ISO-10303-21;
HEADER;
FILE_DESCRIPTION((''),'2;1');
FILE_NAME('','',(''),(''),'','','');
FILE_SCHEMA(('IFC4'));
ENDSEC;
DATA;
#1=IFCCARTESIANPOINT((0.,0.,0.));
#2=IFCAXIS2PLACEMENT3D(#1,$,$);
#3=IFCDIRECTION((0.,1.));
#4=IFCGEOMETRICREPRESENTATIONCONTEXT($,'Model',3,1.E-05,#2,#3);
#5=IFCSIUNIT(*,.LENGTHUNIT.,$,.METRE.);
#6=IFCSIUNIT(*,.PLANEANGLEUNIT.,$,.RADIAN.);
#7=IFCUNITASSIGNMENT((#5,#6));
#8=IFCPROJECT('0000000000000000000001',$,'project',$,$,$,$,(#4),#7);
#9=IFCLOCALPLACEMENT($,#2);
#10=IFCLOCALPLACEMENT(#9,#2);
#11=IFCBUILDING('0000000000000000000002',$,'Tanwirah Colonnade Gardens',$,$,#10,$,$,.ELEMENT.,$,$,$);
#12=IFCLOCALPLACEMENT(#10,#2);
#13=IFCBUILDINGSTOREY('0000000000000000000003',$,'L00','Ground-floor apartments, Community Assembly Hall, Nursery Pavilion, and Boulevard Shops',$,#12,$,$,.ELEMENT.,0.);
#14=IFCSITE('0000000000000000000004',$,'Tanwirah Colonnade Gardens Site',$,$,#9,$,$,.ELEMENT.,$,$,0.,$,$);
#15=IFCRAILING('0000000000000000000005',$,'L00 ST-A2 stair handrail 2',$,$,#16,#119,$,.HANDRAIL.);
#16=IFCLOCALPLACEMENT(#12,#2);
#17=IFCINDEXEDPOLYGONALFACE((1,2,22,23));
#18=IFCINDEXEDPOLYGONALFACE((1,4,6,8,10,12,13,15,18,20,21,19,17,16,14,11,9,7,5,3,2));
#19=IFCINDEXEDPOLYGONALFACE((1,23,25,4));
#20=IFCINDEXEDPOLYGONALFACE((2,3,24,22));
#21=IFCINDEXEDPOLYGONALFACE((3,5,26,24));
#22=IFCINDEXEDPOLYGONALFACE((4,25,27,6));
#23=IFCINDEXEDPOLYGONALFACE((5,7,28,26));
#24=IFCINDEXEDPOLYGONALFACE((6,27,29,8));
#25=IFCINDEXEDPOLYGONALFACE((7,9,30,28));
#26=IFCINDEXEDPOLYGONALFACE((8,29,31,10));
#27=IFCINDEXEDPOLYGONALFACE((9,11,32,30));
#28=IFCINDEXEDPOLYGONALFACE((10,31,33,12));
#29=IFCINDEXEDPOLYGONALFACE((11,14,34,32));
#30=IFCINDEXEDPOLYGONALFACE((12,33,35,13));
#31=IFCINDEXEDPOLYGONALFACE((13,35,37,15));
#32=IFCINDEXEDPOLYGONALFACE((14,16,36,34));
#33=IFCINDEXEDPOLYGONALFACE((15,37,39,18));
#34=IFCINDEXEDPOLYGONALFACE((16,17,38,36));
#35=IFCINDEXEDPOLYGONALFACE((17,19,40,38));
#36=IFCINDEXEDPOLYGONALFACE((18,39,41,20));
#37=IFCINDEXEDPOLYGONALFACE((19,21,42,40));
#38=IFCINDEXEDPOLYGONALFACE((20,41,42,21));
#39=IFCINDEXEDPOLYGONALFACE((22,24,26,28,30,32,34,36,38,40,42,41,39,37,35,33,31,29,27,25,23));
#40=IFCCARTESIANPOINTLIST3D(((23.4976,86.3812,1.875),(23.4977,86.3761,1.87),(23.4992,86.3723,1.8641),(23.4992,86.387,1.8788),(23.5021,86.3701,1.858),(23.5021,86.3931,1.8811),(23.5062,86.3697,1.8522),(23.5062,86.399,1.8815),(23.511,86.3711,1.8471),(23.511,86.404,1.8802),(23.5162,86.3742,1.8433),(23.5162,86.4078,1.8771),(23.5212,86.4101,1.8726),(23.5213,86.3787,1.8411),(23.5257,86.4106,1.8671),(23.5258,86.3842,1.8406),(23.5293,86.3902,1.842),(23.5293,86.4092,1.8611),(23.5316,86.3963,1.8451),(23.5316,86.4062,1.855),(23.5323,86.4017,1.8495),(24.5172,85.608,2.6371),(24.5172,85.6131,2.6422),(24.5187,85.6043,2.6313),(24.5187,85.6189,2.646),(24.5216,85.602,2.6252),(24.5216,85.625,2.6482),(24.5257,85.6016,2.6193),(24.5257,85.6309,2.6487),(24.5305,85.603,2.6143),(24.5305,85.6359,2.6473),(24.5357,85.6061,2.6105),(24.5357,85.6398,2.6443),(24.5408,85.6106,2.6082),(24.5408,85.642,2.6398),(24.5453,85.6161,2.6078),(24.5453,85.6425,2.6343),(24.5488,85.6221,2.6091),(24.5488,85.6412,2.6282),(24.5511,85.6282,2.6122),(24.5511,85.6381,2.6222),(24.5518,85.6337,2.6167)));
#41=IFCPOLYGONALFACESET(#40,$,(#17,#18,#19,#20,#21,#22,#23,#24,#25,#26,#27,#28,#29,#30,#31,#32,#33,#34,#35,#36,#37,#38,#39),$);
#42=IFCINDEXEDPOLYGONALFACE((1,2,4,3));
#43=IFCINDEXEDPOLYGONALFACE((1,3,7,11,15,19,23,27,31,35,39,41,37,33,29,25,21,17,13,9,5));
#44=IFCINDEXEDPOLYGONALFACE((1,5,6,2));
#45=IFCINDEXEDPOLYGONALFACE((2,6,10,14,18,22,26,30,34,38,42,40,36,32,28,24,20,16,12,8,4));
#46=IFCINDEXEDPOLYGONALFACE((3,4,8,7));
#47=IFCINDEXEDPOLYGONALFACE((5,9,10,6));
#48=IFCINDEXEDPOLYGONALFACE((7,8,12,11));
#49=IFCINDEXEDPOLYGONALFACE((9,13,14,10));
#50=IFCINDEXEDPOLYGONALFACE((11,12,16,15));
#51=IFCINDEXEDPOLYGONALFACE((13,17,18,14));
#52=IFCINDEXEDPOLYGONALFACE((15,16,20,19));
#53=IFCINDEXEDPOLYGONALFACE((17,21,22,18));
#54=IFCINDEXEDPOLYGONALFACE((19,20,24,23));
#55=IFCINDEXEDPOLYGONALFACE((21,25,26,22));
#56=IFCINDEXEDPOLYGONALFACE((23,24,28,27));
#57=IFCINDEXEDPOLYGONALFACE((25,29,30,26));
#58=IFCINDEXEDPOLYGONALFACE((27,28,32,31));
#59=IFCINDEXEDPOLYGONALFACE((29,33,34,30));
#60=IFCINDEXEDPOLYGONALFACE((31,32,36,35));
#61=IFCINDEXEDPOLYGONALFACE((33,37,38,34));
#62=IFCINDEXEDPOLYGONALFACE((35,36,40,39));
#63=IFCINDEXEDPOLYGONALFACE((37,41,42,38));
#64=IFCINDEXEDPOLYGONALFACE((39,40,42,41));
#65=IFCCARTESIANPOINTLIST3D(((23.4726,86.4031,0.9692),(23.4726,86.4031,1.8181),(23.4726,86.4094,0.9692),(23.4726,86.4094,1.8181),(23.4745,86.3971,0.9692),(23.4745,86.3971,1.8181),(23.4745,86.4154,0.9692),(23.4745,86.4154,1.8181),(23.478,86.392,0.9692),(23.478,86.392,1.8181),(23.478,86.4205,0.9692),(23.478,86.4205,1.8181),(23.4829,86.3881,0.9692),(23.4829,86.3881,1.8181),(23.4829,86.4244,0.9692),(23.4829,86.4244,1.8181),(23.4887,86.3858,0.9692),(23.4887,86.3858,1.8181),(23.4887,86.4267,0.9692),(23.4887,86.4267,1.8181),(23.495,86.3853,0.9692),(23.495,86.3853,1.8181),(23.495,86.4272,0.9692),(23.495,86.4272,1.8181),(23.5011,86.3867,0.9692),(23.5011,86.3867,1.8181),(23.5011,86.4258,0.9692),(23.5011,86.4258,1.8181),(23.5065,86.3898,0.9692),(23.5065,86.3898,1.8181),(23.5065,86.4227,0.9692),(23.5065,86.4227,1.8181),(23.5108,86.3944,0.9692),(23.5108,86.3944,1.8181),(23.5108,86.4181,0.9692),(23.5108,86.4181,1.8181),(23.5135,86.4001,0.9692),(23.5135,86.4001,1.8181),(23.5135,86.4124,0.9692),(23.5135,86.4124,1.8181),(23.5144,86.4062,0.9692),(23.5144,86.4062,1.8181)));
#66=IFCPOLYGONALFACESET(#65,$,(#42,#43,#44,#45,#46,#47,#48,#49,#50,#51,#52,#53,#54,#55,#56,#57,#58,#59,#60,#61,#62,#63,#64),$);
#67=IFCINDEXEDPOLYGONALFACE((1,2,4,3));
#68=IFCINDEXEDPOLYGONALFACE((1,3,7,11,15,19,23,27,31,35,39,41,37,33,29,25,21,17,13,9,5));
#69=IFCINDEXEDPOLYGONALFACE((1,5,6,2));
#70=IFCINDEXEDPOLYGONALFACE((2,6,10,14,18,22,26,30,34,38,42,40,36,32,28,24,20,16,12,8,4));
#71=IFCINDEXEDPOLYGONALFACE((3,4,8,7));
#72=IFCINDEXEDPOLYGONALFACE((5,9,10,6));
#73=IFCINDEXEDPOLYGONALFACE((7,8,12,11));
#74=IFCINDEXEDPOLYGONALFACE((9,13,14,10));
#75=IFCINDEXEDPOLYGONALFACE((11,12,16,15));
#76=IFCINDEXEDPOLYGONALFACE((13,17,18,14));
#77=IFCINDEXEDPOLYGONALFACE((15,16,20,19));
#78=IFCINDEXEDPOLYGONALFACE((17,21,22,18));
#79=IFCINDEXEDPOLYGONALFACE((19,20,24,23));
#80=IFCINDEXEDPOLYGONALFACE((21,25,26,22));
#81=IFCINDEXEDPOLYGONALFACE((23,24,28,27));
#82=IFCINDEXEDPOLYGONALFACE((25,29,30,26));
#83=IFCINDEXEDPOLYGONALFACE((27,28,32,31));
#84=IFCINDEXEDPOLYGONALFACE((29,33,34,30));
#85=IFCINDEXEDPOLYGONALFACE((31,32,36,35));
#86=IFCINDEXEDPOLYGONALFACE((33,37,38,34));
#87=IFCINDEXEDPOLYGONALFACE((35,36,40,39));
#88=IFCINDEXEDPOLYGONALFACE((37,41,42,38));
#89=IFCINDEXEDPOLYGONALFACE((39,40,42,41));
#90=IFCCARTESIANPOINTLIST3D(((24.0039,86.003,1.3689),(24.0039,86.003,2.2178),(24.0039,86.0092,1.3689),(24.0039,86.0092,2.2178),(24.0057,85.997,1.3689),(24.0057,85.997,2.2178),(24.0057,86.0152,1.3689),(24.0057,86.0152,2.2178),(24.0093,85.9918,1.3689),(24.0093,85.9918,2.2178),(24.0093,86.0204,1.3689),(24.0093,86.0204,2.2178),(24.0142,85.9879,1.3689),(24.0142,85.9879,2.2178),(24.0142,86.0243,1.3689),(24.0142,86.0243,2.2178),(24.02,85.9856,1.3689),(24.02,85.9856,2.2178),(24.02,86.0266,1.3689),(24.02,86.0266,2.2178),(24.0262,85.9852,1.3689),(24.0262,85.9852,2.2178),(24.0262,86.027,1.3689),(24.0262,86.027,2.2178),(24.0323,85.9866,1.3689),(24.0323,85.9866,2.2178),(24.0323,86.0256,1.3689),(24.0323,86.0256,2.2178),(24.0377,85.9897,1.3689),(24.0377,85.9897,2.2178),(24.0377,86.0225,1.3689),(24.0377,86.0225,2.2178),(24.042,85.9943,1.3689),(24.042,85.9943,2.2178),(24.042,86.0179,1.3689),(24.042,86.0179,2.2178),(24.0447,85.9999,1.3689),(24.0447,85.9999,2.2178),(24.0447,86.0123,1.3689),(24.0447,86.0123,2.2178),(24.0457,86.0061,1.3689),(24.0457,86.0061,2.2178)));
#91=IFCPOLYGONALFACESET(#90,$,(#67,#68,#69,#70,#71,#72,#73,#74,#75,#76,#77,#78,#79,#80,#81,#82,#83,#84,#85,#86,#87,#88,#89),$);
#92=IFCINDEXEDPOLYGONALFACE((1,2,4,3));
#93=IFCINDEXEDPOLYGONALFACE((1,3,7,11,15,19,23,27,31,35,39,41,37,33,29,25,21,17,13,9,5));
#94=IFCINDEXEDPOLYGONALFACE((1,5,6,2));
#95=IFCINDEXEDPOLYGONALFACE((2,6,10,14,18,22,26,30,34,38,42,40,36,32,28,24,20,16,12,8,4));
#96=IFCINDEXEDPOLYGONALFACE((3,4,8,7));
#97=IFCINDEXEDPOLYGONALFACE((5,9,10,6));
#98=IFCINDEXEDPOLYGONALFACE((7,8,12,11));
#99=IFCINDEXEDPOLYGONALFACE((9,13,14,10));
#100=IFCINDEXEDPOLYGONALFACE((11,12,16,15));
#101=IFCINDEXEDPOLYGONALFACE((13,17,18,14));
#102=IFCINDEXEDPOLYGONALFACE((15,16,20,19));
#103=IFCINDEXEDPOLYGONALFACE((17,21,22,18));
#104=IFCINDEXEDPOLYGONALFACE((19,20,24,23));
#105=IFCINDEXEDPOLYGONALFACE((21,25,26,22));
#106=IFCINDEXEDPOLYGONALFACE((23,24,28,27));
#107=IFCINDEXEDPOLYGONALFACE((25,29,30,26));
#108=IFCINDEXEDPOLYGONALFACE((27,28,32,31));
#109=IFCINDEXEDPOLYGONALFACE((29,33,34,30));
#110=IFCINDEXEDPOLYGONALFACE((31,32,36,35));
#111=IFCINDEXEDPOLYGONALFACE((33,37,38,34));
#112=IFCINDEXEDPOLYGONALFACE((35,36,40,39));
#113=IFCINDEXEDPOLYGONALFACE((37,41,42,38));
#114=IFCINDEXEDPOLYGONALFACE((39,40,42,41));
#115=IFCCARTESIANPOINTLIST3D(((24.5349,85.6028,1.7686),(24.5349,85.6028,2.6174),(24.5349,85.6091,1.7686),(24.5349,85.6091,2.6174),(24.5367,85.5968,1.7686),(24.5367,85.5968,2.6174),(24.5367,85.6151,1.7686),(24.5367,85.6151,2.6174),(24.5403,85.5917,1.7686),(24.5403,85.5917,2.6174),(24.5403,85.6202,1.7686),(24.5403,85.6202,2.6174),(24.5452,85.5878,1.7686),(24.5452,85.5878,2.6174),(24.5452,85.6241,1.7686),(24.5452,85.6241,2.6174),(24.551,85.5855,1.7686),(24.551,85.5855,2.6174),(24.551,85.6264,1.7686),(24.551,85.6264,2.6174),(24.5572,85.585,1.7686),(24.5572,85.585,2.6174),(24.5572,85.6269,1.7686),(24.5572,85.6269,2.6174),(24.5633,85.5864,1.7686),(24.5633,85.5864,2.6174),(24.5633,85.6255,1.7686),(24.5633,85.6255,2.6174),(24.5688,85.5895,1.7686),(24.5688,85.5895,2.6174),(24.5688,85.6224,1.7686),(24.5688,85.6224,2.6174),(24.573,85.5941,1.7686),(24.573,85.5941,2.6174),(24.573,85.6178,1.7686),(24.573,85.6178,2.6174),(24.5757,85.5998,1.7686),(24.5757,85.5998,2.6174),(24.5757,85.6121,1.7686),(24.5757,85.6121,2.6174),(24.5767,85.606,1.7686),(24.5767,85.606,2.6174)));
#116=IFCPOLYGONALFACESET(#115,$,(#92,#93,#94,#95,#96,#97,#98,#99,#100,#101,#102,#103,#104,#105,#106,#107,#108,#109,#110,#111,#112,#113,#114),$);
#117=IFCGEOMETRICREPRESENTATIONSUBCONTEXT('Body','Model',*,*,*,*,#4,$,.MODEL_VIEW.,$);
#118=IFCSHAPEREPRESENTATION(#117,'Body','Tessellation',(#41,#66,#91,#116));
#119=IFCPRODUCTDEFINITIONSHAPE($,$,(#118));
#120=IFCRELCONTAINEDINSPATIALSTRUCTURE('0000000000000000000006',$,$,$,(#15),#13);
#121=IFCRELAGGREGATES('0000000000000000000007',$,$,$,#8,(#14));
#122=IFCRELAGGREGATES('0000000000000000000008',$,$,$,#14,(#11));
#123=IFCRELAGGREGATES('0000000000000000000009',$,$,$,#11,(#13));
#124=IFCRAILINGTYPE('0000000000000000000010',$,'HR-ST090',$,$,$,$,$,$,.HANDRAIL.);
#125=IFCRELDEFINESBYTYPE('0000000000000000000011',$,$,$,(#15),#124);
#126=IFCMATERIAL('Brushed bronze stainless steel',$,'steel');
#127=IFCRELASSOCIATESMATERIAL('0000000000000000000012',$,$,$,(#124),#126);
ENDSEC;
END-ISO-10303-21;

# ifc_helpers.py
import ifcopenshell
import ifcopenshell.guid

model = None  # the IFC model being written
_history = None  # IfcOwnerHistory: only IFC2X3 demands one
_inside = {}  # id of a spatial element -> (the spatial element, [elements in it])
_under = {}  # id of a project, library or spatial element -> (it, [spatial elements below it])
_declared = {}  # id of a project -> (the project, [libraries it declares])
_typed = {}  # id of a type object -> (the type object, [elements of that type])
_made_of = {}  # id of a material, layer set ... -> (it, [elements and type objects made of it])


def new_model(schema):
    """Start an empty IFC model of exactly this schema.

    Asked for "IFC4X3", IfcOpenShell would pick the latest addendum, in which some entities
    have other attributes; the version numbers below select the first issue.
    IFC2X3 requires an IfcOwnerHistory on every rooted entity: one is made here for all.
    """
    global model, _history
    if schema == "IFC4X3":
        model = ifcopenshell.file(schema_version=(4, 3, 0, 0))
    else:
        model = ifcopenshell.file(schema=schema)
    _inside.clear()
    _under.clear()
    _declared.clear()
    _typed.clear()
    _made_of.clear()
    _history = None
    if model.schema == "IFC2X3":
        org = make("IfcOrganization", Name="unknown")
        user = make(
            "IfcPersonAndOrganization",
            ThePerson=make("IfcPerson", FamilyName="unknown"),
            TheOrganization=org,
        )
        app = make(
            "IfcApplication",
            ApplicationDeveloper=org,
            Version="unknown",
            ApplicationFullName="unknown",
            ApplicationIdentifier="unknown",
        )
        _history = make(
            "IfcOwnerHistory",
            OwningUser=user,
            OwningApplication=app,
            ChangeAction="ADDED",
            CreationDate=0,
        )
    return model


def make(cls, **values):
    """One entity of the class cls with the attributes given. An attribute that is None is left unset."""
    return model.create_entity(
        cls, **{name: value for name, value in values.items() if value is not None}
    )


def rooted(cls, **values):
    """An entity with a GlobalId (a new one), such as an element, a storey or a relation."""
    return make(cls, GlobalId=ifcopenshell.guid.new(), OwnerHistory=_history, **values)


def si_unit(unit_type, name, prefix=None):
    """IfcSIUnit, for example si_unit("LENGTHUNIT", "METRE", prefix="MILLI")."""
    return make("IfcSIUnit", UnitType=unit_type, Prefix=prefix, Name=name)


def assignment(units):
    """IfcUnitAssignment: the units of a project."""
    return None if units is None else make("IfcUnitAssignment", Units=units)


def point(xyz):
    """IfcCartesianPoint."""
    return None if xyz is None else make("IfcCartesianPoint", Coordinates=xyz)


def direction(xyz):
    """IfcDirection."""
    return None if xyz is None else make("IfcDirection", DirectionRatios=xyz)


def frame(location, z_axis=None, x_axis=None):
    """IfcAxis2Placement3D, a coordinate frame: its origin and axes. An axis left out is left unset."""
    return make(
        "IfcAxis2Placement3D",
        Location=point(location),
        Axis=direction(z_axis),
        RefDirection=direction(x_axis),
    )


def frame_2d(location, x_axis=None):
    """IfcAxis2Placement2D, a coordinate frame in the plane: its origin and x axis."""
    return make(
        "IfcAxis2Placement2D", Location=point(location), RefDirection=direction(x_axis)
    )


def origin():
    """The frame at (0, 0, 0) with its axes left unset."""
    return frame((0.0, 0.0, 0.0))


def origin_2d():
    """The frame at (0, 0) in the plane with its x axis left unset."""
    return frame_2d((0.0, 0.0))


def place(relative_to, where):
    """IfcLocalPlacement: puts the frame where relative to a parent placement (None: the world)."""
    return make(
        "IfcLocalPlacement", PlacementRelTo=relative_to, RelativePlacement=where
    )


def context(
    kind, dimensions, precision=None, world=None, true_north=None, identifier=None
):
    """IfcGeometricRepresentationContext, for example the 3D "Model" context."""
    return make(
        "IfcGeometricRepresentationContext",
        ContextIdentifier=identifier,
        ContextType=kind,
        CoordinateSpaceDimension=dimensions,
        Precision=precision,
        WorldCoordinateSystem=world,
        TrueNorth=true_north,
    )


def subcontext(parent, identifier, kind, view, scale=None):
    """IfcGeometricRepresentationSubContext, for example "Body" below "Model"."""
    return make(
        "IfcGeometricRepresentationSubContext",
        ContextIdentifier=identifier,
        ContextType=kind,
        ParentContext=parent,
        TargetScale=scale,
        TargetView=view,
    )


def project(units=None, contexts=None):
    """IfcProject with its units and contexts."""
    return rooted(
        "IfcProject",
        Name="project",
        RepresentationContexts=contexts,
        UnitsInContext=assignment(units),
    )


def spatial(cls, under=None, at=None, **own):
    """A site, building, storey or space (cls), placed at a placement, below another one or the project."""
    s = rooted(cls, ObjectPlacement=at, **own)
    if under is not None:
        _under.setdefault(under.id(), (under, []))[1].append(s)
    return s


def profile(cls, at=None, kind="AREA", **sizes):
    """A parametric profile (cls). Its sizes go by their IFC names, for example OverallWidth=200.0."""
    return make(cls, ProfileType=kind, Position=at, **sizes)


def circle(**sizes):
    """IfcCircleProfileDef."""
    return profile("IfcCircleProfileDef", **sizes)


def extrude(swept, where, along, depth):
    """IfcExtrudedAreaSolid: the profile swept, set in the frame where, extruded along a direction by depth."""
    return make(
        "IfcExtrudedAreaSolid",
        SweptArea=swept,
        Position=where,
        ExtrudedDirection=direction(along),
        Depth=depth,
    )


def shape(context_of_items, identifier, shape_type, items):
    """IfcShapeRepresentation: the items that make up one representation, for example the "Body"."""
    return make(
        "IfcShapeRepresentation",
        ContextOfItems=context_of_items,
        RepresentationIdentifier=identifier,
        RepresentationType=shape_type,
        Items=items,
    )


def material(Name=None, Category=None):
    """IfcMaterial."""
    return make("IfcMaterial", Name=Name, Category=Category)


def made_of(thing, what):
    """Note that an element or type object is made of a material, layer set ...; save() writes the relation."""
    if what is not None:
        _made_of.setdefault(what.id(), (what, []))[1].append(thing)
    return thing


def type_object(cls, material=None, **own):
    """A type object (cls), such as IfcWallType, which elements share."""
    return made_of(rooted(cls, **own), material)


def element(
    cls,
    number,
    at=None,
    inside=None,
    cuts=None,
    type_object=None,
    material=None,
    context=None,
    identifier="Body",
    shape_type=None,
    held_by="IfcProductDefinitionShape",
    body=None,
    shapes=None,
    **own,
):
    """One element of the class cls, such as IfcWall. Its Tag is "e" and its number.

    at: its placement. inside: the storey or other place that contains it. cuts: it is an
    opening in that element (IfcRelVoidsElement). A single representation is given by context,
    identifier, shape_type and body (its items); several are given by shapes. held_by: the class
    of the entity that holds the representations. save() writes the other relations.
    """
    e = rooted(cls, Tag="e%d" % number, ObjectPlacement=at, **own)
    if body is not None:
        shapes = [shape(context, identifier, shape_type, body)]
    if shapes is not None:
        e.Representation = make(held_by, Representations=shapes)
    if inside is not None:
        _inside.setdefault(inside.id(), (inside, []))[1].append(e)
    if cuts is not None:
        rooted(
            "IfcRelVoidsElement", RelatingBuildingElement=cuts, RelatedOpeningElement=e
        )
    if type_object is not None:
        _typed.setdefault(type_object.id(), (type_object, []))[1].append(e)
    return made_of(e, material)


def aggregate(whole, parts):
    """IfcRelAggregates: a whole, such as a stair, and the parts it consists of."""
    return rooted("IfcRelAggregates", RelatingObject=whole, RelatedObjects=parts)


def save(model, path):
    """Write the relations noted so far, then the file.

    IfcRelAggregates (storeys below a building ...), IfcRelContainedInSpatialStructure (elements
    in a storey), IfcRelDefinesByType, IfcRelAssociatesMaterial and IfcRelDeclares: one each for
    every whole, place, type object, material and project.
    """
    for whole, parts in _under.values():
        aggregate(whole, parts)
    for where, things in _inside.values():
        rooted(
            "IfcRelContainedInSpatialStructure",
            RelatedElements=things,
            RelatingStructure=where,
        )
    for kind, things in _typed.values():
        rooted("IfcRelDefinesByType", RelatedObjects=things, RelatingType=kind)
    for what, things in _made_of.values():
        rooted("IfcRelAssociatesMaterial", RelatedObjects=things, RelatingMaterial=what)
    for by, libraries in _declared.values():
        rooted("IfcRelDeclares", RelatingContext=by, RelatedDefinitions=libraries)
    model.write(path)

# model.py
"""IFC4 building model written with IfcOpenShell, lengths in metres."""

from ifc_helpers import new_model, si_unit, direction, frame, origin, origin_2d, place, context, subcontext, project, spatial, circle, extrude, material, type_object, element, save


model = new_model("IFC4")

# Units and contexts
model_context = context("Model", 3, precision=1e-05, world=origin(), true_north=direction((0.0, 1.0)))
body_context = subcontext(model_context, "Body", "Model", "MODEL_VIEW")
ifc_project = project(units=[si_unit("LENGTHUNIT", "METRE"), si_unit("PLANEANGLEUNIT", "RADIAN")], contexts=[model_context])

# Site, building, storey
site_placement = place(None, origin())
site = spatial("IfcSite", under=ifc_project, at=site_placement, Name="Tanwirah Colonnade Gardens Site", CompositionType="ELEMENT", RefElevation=0.0)
building_placement = place(site_placement, origin())
building = spatial("IfcBuilding", under=site, at=building_placement, Name="Tanwirah Colonnade Gardens", CompositionType="ELEMENT")
storey_placement = place(building_placement, origin())
storey = spatial("IfcBuildingStorey", under=building, at=storey_placement, Name="L00", Description="Ground-floor apartments, Community Assembly Hall, Nursery Pavilion, and Boulevard Shops", CompositionType="ELEMENT", Elevation=0.0)

# Railing
ifc_material_1 = material(Name="Brushed bronze stainless steel", Category="steel")
railing_type_1 = type_object("IfcRailingType", Name="HR-ST090", PredefinedType="HANDRAIL", material=ifc_material_1)
railing_1_placement = place(storey_placement, frame((23.4934, 86.4062, 0.9692)))
element("IfcRailing", 1, at=railing_1_placement, inside=storey, type_object=railing_type_1, Name="L00 ST-A2 stair handrail 2", PredefinedType="HANDRAIL", context=body_context, shape_type="SweptSolid", body=[
    extrude(circle(Radius=0.0239, at=origin_2d()), frame((0.0215, -0.0161, 0.8918), z_axis=(0.684577, -0.515753, 0.515124), x_axis=(0.601731, 0.798698, 0.0)), (0.0, 0.0, 1.0), 1.4893),
    extrude(circle(Radius=0.021, at=origin_2d()), origin(), (0.0, 0.0, 1.0), 0.8489),
    extrude(circle(Radius=0.021, at=origin_2d()), frame((0.5312, -0.4001, 0.3997)), (0.0, 0.0, 1.0), 0.8489),
    extrude(circle(Radius=0.021, at=origin_2d()), frame((1.0623, -0.8003, 0.7993)), (0.0, 0.0, 1.0), 0.8489),
])

save(model, "model.ifc")
